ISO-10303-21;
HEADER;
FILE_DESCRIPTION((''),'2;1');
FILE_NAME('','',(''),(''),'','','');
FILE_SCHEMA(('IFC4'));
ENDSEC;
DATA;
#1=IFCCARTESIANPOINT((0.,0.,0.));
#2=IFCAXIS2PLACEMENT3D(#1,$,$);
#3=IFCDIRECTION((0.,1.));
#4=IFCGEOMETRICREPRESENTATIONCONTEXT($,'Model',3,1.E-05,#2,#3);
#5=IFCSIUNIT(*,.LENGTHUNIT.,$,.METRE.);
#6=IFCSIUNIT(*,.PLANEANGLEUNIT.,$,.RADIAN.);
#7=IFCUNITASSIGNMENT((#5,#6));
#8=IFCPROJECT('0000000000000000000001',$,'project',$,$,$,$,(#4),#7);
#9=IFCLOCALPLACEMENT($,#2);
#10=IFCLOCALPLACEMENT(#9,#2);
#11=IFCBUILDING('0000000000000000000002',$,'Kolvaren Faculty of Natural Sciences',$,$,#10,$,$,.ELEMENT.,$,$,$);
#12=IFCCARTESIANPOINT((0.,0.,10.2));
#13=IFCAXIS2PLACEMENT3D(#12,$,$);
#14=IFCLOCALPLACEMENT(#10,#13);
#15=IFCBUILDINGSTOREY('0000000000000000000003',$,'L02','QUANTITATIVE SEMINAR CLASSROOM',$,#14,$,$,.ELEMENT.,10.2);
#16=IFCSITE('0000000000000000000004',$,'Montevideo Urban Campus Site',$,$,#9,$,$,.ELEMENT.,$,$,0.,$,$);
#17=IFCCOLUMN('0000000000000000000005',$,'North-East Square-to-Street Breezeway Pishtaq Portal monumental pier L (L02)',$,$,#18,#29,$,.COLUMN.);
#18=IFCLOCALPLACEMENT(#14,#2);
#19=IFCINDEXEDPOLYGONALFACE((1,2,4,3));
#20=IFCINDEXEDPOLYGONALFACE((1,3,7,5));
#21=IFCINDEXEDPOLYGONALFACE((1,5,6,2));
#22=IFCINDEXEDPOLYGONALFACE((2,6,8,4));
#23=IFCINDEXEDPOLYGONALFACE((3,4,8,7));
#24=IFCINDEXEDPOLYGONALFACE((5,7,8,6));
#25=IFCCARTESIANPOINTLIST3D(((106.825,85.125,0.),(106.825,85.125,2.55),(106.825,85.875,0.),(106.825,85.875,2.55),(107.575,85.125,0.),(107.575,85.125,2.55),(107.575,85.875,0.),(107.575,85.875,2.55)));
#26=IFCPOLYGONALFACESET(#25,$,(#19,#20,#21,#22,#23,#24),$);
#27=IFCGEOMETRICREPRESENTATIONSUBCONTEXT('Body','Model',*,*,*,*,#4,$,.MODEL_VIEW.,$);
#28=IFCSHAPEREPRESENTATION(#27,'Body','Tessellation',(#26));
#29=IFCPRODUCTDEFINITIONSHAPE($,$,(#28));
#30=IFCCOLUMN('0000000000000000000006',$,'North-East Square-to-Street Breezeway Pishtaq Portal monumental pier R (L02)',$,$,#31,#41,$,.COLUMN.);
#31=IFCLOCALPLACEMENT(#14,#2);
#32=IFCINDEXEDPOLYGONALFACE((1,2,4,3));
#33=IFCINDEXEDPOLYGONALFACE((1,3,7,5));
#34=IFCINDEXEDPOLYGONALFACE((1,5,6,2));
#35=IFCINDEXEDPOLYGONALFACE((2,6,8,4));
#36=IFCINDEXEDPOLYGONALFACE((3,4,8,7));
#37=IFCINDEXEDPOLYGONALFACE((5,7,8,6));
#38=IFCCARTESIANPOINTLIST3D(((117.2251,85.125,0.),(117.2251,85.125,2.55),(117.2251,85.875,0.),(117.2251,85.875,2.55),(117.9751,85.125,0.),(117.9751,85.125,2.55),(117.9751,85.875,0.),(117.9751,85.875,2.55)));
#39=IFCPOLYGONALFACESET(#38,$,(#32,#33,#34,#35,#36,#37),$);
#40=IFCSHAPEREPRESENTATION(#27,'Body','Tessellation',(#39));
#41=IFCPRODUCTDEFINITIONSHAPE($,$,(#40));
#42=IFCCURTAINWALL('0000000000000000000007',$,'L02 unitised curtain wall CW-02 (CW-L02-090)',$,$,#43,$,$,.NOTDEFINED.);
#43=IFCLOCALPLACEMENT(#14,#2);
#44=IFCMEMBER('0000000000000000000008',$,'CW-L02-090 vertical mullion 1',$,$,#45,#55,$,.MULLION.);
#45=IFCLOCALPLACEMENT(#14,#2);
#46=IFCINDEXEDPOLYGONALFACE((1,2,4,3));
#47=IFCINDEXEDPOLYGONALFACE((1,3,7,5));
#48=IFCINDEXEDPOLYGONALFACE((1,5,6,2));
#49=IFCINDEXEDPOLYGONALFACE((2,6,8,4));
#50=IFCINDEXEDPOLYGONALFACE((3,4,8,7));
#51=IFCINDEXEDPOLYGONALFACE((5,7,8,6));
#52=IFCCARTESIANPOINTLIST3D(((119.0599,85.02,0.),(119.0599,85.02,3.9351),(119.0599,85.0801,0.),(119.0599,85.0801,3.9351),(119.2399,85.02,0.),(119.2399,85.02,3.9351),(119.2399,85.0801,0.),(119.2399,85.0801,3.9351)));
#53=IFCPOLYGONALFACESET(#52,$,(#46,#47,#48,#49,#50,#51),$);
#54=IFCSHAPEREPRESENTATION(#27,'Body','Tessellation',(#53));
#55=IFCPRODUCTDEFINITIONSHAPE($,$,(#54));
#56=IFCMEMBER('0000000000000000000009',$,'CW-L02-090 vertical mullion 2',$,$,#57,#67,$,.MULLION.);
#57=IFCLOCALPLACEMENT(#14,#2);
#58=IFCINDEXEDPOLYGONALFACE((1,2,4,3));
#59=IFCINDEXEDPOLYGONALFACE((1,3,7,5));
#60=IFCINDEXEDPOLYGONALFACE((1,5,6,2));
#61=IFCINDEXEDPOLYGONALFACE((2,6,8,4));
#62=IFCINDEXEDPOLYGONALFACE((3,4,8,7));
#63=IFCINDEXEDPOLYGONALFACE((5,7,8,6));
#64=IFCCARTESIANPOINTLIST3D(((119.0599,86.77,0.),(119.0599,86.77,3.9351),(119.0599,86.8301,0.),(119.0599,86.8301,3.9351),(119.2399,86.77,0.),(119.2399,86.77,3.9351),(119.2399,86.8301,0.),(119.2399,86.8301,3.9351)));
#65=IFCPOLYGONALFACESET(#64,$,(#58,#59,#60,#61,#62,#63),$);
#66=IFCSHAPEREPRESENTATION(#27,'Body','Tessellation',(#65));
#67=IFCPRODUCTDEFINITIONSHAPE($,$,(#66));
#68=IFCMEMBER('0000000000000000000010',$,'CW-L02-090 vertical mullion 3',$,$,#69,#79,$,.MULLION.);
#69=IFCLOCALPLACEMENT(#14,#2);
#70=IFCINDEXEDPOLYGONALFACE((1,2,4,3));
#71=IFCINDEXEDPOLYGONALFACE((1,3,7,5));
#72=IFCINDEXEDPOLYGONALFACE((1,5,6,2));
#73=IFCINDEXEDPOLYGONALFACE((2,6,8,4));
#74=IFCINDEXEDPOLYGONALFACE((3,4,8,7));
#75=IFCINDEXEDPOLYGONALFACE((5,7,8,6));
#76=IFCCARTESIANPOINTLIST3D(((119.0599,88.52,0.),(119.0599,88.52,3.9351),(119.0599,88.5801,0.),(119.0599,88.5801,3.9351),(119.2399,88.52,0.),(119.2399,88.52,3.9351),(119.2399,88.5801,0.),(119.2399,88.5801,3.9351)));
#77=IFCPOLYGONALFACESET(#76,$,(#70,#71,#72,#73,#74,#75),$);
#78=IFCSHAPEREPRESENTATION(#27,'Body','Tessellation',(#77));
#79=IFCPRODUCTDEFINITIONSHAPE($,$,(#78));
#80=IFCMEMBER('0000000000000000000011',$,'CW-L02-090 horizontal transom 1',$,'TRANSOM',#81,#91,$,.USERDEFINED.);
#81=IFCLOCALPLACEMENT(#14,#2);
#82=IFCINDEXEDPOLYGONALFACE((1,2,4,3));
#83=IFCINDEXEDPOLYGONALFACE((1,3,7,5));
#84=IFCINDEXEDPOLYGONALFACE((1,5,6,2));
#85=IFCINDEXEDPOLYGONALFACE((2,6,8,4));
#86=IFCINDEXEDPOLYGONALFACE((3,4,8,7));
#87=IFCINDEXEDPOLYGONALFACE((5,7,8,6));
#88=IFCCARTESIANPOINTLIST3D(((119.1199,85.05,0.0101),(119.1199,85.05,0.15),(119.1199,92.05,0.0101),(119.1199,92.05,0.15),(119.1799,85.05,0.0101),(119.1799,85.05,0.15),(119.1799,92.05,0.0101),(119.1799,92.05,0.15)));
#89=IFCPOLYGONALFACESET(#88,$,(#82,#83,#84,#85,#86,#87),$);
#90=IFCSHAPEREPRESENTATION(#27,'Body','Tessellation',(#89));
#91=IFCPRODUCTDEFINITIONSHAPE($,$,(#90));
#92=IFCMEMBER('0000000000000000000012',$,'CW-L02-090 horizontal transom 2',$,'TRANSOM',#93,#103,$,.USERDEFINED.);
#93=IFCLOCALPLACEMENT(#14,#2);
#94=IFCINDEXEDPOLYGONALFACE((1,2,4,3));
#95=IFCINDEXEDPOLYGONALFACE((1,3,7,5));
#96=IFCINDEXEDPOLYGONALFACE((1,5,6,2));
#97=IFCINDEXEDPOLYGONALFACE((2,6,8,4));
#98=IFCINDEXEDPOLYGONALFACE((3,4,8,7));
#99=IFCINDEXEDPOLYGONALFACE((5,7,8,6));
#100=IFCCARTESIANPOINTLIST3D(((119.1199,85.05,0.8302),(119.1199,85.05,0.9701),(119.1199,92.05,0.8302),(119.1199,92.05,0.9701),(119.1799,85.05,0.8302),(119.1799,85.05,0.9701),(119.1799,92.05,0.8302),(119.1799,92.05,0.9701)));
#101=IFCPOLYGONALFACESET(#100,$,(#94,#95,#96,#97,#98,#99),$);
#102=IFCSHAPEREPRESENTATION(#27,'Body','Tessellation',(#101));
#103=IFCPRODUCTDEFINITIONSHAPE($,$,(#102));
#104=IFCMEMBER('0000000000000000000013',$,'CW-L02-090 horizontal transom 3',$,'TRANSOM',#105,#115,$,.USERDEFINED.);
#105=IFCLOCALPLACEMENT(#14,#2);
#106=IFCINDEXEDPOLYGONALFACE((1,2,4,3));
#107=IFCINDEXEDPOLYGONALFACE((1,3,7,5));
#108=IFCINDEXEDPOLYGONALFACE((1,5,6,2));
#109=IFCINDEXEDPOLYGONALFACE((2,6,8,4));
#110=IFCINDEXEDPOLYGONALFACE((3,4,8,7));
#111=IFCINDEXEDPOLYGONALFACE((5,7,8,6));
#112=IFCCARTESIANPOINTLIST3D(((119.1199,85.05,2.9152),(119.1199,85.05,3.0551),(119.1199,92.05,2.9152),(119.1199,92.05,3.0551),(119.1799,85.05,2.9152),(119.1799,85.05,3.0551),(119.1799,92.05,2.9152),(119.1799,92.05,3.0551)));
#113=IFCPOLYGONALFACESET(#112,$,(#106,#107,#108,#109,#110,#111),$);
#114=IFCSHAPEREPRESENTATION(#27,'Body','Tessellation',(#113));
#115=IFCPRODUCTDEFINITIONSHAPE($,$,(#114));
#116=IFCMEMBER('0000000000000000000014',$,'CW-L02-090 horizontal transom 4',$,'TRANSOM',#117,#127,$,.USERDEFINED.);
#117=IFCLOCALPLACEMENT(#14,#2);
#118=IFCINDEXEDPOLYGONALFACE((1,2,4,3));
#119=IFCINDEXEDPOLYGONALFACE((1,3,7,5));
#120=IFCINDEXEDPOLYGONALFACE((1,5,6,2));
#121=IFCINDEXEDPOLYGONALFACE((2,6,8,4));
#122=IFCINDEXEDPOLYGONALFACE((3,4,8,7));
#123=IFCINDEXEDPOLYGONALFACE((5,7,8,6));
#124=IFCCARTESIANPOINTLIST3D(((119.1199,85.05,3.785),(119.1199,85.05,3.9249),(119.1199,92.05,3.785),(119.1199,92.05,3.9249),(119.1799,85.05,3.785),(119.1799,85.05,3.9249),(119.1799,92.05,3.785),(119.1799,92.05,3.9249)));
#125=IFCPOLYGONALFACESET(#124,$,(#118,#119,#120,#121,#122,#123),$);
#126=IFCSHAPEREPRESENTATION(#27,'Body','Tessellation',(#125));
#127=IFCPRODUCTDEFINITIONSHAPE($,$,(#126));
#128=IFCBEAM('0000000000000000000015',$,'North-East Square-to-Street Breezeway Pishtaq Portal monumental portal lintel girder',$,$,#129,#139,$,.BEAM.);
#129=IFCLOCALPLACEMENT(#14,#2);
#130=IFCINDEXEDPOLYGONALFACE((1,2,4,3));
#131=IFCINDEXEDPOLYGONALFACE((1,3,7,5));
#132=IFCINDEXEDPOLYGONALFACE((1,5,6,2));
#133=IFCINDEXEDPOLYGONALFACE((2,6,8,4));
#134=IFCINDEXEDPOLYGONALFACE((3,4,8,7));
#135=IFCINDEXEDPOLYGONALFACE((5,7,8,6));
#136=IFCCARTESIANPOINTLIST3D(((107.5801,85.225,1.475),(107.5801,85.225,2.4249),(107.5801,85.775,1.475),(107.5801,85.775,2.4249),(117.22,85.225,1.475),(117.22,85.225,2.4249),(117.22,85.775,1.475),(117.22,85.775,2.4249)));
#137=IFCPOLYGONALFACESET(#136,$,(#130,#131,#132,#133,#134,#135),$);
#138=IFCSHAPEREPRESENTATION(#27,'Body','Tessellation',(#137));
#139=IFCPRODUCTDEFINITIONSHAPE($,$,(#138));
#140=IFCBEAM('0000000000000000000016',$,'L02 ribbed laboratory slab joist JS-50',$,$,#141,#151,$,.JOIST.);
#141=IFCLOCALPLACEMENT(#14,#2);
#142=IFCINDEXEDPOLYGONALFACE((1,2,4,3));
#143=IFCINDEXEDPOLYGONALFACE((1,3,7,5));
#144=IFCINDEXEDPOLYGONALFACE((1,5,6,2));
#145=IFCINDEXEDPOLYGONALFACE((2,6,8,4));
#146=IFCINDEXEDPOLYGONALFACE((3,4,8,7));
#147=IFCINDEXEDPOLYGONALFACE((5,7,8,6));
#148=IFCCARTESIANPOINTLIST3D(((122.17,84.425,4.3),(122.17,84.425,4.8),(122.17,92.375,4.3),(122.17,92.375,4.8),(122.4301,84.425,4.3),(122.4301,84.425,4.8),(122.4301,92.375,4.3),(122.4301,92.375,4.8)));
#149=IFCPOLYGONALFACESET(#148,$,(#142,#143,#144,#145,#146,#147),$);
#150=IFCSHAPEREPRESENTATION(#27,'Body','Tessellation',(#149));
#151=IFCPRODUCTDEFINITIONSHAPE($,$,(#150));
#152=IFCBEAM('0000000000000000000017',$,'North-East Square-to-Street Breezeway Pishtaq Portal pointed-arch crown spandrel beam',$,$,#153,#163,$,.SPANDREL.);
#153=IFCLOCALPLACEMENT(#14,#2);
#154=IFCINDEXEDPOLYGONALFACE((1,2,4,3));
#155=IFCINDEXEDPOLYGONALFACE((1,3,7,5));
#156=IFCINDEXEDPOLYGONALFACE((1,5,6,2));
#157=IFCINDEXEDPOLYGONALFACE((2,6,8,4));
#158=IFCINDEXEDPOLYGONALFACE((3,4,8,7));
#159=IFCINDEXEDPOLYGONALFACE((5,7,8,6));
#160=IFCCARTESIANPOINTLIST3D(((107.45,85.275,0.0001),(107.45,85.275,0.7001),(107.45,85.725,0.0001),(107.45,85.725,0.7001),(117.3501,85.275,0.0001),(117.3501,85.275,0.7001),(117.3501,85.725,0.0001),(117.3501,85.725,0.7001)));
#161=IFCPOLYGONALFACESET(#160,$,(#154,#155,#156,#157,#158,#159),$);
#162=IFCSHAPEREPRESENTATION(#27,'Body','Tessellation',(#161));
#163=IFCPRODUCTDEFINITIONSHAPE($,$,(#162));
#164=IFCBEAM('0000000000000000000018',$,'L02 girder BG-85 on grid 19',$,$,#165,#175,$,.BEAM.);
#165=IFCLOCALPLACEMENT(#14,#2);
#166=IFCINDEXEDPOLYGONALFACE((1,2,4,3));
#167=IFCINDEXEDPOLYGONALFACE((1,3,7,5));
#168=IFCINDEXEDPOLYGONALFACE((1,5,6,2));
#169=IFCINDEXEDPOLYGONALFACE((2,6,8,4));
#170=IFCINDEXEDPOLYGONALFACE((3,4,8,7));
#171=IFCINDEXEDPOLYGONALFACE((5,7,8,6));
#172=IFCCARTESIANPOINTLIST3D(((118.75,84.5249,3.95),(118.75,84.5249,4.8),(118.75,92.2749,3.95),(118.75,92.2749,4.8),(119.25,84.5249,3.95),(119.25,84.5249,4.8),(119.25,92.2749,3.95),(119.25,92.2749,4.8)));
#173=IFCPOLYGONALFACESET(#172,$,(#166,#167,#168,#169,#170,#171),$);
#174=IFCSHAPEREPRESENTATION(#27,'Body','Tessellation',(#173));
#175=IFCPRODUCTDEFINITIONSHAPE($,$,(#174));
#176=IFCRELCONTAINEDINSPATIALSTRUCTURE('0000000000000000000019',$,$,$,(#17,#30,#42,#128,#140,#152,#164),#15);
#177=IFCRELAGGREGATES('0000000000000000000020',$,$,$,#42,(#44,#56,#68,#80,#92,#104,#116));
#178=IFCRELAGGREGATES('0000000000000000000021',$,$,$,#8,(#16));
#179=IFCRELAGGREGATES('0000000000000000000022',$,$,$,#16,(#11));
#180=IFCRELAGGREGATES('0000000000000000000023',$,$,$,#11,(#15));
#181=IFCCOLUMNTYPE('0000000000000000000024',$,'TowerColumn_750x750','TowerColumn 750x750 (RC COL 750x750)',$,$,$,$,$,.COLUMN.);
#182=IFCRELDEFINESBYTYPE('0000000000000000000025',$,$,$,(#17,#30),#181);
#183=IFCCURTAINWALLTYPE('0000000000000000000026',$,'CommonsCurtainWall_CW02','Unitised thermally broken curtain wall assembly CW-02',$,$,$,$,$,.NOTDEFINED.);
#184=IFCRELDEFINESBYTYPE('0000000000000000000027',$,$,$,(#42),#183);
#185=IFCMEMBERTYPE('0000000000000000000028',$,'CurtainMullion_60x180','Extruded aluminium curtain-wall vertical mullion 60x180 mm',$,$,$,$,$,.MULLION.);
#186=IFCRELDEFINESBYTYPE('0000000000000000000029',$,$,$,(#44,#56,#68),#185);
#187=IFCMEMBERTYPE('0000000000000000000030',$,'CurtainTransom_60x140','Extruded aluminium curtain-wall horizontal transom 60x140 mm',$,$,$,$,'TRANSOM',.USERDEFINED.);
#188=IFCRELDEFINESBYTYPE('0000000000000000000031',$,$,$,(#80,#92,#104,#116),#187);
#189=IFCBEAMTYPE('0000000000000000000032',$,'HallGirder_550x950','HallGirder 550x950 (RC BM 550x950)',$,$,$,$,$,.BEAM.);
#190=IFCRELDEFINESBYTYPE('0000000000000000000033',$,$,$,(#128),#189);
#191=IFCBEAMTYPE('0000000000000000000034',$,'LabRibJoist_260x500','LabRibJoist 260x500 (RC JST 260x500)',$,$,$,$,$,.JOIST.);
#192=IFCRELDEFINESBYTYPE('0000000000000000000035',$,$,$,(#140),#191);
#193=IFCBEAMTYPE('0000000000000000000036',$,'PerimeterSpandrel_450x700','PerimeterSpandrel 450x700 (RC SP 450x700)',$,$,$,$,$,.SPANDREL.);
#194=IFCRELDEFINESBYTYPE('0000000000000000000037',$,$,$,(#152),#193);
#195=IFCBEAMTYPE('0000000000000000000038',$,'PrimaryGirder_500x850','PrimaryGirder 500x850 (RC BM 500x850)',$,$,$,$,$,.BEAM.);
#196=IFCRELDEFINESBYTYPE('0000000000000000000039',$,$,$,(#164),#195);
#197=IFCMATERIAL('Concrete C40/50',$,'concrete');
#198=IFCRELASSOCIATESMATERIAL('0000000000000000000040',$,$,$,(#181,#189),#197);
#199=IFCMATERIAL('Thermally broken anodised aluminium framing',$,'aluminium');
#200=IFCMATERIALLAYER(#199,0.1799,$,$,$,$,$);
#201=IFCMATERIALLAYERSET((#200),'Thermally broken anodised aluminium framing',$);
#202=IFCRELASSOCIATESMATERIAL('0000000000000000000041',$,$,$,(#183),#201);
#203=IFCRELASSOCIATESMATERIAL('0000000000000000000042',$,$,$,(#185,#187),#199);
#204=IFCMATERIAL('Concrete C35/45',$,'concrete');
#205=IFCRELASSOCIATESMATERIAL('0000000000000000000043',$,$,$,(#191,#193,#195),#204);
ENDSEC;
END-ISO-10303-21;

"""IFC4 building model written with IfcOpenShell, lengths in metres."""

from ifc_helpers import new_model, si_unit, direction, frame, origin, origin_2d, place, context, subcontext, project, spatial, rectangle, extrude, material, layer, layer_set, material_profile, profile_set, type_object, element, aggregate, save


model = new_model("IFC4")

# Units and contexts
model_context = context("Model", 3, precision=1e-05, world=origin(), true_north=direction((0.0, 1.0)))
body_context = subcontext(model_context, "Body", "Model", "MODEL_VIEW")
ifc_project = project(units=[si_unit("LENGTHUNIT", "METRE"), si_unit("PLANEANGLEUNIT", "RADIAN")], contexts=[model_context])

# Site, building, storey
site_placement = place(None, origin())
site = spatial("IfcSite", under=ifc_project, at=site_placement, Name="Montevideo Urban Campus Site", CompositionType="ELEMENT", RefElevation=0.0)
building_placement = place(site_placement, origin())
building = spatial("IfcBuilding", under=site, at=building_placement, Name="Kolvaren Faculty of Natural Sciences", CompositionType="ELEMENT")
storey_placement = place(building_placement, frame((0.0, 0.0, 10.2)))
storey = spatial("IfcBuildingStorey", under=building, at=storey_placement, Name="L02", Description="QUANTITATIVE SEMINAR CLASSROOM", CompositionType="ELEMENT", Elevation=10.2)

# Columns
ifc_material_1 = material(Name="Concrete C40/50", Category="concrete")
ifc_material_profile_1 = material_profile(ifc_material_1, rectangle(XDim=0.75, YDim=0.75, at=origin_2d()), Name="RC COL 750x750")
ifc_profile_set_1 = profile_set([ifc_material_profile_1], Name="Concrete C40/50")
column_type = type_object("IfcColumnType", Name="TowerColumn_750x750", Description="TowerColumn 750x750 (RC COL 750x750)", PredefinedType="COLUMN", material=ifc_profile_set_1)
for number, where, z_axis, x_axis, name in (
    (1, (107.2, 85.5, 0.0), (0.0, 0.0, 1.0), (1.0, 0.0, 0.0), "North-East Square-to-Street Breezeway Pishtaq Portal monumental pier L (L02)"),
    (2, (117.6001, 85.5, 0.0), (0.0, 0.0, 1.0), (1.0, 0.0, 0.0), "North-East Square-to-Street Breezeway Pishtaq Portal monumental pier R (L02)"),
):
    element("IfcColumn", number, at=place(storey_placement, frame(where, z_axis=z_axis, x_axis=x_axis)), inside=storey, type_object=column_type, Name=name, PredefinedType="COLUMN", context=body_context, shape_type="SweptSolid", body=[
        extrude(rectangle(XDim=0.75, YDim=0.75, at=origin_2d()), origin(), (0.0, 0.0, 1.0), 2.55),
    ])

# Curtain wall, members
ifc_material_2 = material(Name="Thermally broken anodised aluminium framing", Category="aluminium")
ifc_layer_1 = layer(ifc_material_2, 0.1799)
ifc_layer_set_1 = layer_set([ifc_layer_1], Name="Thermally broken anodised aluminium framing")
curtain_wall_type = type_object("IfcCurtainWallType", Name="CommonsCurtainWall_CW02", Description="Unitised thermally broken curtain wall assembly CW-02", PredefinedType="NOTDEFINED", material=ifc_layer_set_1)
curtain_wall_placement = place(storey_placement, origin())
curtain_wall = element("IfcCurtainWall", 3, at=curtain_wall_placement, inside=storey, type_object=curtain_wall_type, Name="L02 unitised curtain wall CW-02 (CW-L02-090)", PredefinedType="NOTDEFINED")
ifc_material_profile_2 = material_profile(ifc_material_2, rectangle(XDim=0.0601, YDim=0.1799, at=origin_2d()), Name="ALU MUL 60x180")
ifc_profile_set_2 = profile_set([ifc_material_profile_2], Name="Thermally broken anodised aluminium framing")
member_type_1 = type_object("IfcMemberType", Name="CurtainMullion_60x180", Description="Extruded aluminium curtain-wall vertical mullion 60x180 mm", PredefinedType="MULLION", material=ifc_profile_set_2)
member_1_placement = place(storey_placement, frame((119.1499, 85.05, 0.0), z_axis=(0.0, 0.0, 1.0), x_axis=(0.0, 1.0, 0.0)))
member_1 = element("IfcMember", 4, at=member_1_placement, type_object=member_type_1, Name="CW-L02-090 vertical mullion 1", PredefinedType="MULLION", context=body_context, shape_type="SweptSolid", body=[
    extrude(rectangle(XDim=0.0601, YDim=0.1799, at=origin_2d()), origin(), (0.0, 0.0, 1.0), 3.9351),
])
member_2_placement = place(storey_placement, frame((119.1499, 86.8, 0.0), z_axis=(0.0, 0.0, 1.0), x_axis=(0.0, 1.0, 0.0)))
member_2 = element("IfcMember", 5, at=member_2_placement, type_object=member_type_1, Name="CW-L02-090 vertical mullion 2", PredefinedType="MULLION", context=body_context, shape_type="SweptSolid", body=[
    extrude(rectangle(XDim=0.0601, YDim=0.1799, at=origin_2d()), origin(), (0.0, 0.0, 1.0), 3.9351),
])
member_3_placement = place(storey_placement, frame((119.1499, 88.55, 0.0), z_axis=(0.0, 0.0, 1.0), x_axis=(0.0, 1.0, 0.0)))
member_3 = element("IfcMember", 6, at=member_3_placement, type_object=member_type_1, Name="CW-L02-090 vertical mullion 3", PredefinedType="MULLION", context=body_context, shape_type="SweptSolid", body=[
    extrude(rectangle(XDim=0.0601, YDim=0.1799, at=origin_2d()), origin(), (0.0, 0.0, 1.0), 3.9351),
])
ifc_material_profile_3 = material_profile(ifc_material_2, rectangle(XDim=0.0601, YDim=0.1399, at=origin_2d()), Name="ALU TRN 60x140")
ifc_profile_set_3 = profile_set([ifc_material_profile_3], Name="Thermally broken anodised aluminium framing")
member_type_2 = type_object("IfcMemberType", Name="CurtainTransom_60x140", Description="Extruded aluminium curtain-wall horizontal transom 60x140 mm", ElementType="TRANSOM", PredefinedType="USERDEFINED", material=ifc_profile_set_3)
member_4_placement = place(storey_placement, frame((119.1499, 85.05, 0.0801), z_axis=(0.0, 1.0, 0.0), x_axis=(-1.0, 0.0, 0.0)))
member_4 = element("IfcMember", 7, at=member_4_placement, type_object=member_type_2, Name="CW-L02-090 horizontal transom 1", ObjectType="TRANSOM", PredefinedType="USERDEFINED", context=body_context, shape_type="SweptSolid", body=[
    extrude(rectangle(XDim=0.0601, YDim=0.1399, at=origin_2d()), origin(), (0.0, 0.0, 1.0), 7.0),
])
member_5_placement = place(storey_placement, frame((119.1499, 85.05, 0.9001), z_axis=(0.0, 1.0, 0.0), x_axis=(-1.0, 0.0, 0.0)))
member_5 = element("IfcMember", 8, at=member_5_placement, type_object=member_type_2, Name="CW-L02-090 horizontal transom 2", ObjectType="TRANSOM", PredefinedType="USERDEFINED", context=body_context, shape_type="SweptSolid", body=[
    extrude(rectangle(XDim=0.0601, YDim=0.1399, at=origin_2d()), origin(), (0.0, 0.0, 1.0), 7.0),
])
member_6_placement = place(storey_placement, frame((119.1499, 85.05, 2.9851), z_axis=(0.0, 1.0, 0.0), x_axis=(-1.0, 0.0, 0.0)))
member_6 = element("IfcMember", 9, at=member_6_placement, type_object=member_type_2, Name="CW-L02-090 horizontal transom 3", ObjectType="TRANSOM", PredefinedType="USERDEFINED", context=body_context, shape_type="SweptSolid", body=[
    extrude(rectangle(XDim=0.0601, YDim=0.1399, at=origin_2d()), origin(), (0.0, 0.0, 1.0), 7.0),
])
member_7_placement = place(storey_placement, frame((119.1499, 85.05, 3.855), z_axis=(0.0, 1.0, 0.0), x_axis=(-1.0, 0.0, 0.0)))
member_7 = element("IfcMember", 10, at=member_7_placement, type_object=member_type_2, Name="CW-L02-090 horizontal transom 4", ObjectType="TRANSOM", PredefinedType="USERDEFINED", context=body_context, shape_type="SweptSolid", body=[
    extrude(rectangle(XDim=0.0601, YDim=0.1399, at=origin_2d()), origin(), (0.0, 0.0, 1.0), 7.0),
])

# Beams
ifc_material_profile_4 = material_profile(ifc_material_1, rectangle(XDim=0.55, YDim=0.95, at=origin_2d()), Name="RC BM 550x950")
ifc_profile_set_4 = profile_set([ifc_material_profile_4], Name="Concrete C40/50")
beam_type_1 = type_object("IfcBeamType", Name="HallGirder_550x950", Description="HallGirder 550x950 (RC BM 550x950)", PredefinedType="BEAM", material=ifc_profile_set_4)
beam_1_placement = place(storey_placement, frame((107.5801, 85.5, 1.95), z_axis=(1.0, 0.0, 0.0), x_axis=(0.0, 1.0, 0.0)))
element("IfcBeam", 11, at=beam_1_placement, inside=storey, type_object=beam_type_1, Name="North-East Square-to-Street Breezeway Pishtaq Portal monumental portal lintel girder", PredefinedType="BEAM", context=body_context, shape_type="SweptSolid", body=[
    extrude(rectangle(XDim=0.55, YDim=0.95, at=origin_2d()), origin(), (0.0, 0.0, 1.0), 9.6399),
])
ifc_material_3 = material(Name="Concrete C35/45", Category="concrete")
ifc_material_profile_5 = material_profile(ifc_material_3, rectangle(XDim=0.26, YDim=0.5, at=origin_2d()), Name="RC JST 260x500")
ifc_profile_set_5 = profile_set([ifc_material_profile_5], Name="Concrete C35/45")
beam_type_2 = type_object("IfcBeamType", Name="LabRibJoist_260x500", Description="LabRibJoist 260x500 (RC JST 260x500)", PredefinedType="JOIST", material=ifc_profile_set_5)
beam_2_placement = place(storey_placement, frame((122.3, 84.425, 4.55), z_axis=(0.0, 1.0, 0.0), x_axis=(-1.0, 0.0, 0.0)))
element("IfcBeam", 12, at=beam_2_placement, inside=storey, type_object=beam_type_2, Name="L02 ribbed laboratory slab joist JS-50", PredefinedType="JOIST", context=body_context, shape_type="SweptSolid", body=[
    extrude(rectangle(XDim=0.26, YDim=0.5, at=origin_2d()), origin(), (0.0, 0.0, 1.0), 7.95),
])
ifc_material_profile_6 = material_profile(ifc_material_3, rectangle(XDim=0.45, YDim=0.7, at=origin_2d()), Name="RC SP 450x700")
ifc_profile_set_6 = profile_set([ifc_material_profile_6], Name="Concrete C35/45")
beam_type_3 = type_object("IfcBeamType", Name="PerimeterSpandrel_450x700", Description="PerimeterSpandrel 450x700 (RC SP 450x700)", PredefinedType="SPANDREL", material=ifc_profile_set_6)
beam_3_placement = place(storey_placement, frame((107.45, 85.5, 0.3501), z_axis=(1.0, 0.0, 0.0), x_axis=(0.0, 1.0, 0.0)))
element("IfcBeam", 13, at=beam_3_placement, inside=storey, type_object=beam_type_3, Name="North-East Square-to-Street Breezeway Pishtaq Portal pointed-arch crown spandrel beam", PredefinedType="SPANDREL", context=body_context, shape_type="SweptSolid", body=[
    extrude(rectangle(XDim=0.45, YDim=0.7, at=origin_2d()), origin(), (0.0, 0.0, 1.0), 9.9001),
])
ifc_material_profile_7 = material_profile(ifc_material_3, rectangle(XDim=0.5, YDim=0.8501, at=origin_2d()), Name="RC BM 500x850")
ifc_profile_set_7 = profile_set([ifc_material_profile_7], Name="Concrete C35/45")
beam_type_4 = type_object("IfcBeamType", Name="PrimaryGirder_500x850", Description="PrimaryGirder 500x850 (RC BM 500x850)", PredefinedType="BEAM", material=ifc_profile_set_7)
beam_4_placement = place(storey_placement, frame((119.0, 84.5249, 4.375), z_axis=(0.0, 1.0, 0.0), x_axis=(-1.0, 0.0, 0.0)))
element("IfcBeam", 14, at=beam_4_placement, inside=storey, type_object=beam_type_4, Name="L02 girder BG-85 on grid 19", PredefinedType="BEAM", context=body_context, shape_type="SweptSolid", body=[
    extrude(rectangle(XDim=0.5, YDim=0.8501, at=origin_2d()), origin(), (0.0, 0.0, 1.0), 7.75),
])

aggregate(curtain_wall, [member_1, member_2, member_3, member_4, member_5, member_6, member_7])

save(model, "model.ifc")
